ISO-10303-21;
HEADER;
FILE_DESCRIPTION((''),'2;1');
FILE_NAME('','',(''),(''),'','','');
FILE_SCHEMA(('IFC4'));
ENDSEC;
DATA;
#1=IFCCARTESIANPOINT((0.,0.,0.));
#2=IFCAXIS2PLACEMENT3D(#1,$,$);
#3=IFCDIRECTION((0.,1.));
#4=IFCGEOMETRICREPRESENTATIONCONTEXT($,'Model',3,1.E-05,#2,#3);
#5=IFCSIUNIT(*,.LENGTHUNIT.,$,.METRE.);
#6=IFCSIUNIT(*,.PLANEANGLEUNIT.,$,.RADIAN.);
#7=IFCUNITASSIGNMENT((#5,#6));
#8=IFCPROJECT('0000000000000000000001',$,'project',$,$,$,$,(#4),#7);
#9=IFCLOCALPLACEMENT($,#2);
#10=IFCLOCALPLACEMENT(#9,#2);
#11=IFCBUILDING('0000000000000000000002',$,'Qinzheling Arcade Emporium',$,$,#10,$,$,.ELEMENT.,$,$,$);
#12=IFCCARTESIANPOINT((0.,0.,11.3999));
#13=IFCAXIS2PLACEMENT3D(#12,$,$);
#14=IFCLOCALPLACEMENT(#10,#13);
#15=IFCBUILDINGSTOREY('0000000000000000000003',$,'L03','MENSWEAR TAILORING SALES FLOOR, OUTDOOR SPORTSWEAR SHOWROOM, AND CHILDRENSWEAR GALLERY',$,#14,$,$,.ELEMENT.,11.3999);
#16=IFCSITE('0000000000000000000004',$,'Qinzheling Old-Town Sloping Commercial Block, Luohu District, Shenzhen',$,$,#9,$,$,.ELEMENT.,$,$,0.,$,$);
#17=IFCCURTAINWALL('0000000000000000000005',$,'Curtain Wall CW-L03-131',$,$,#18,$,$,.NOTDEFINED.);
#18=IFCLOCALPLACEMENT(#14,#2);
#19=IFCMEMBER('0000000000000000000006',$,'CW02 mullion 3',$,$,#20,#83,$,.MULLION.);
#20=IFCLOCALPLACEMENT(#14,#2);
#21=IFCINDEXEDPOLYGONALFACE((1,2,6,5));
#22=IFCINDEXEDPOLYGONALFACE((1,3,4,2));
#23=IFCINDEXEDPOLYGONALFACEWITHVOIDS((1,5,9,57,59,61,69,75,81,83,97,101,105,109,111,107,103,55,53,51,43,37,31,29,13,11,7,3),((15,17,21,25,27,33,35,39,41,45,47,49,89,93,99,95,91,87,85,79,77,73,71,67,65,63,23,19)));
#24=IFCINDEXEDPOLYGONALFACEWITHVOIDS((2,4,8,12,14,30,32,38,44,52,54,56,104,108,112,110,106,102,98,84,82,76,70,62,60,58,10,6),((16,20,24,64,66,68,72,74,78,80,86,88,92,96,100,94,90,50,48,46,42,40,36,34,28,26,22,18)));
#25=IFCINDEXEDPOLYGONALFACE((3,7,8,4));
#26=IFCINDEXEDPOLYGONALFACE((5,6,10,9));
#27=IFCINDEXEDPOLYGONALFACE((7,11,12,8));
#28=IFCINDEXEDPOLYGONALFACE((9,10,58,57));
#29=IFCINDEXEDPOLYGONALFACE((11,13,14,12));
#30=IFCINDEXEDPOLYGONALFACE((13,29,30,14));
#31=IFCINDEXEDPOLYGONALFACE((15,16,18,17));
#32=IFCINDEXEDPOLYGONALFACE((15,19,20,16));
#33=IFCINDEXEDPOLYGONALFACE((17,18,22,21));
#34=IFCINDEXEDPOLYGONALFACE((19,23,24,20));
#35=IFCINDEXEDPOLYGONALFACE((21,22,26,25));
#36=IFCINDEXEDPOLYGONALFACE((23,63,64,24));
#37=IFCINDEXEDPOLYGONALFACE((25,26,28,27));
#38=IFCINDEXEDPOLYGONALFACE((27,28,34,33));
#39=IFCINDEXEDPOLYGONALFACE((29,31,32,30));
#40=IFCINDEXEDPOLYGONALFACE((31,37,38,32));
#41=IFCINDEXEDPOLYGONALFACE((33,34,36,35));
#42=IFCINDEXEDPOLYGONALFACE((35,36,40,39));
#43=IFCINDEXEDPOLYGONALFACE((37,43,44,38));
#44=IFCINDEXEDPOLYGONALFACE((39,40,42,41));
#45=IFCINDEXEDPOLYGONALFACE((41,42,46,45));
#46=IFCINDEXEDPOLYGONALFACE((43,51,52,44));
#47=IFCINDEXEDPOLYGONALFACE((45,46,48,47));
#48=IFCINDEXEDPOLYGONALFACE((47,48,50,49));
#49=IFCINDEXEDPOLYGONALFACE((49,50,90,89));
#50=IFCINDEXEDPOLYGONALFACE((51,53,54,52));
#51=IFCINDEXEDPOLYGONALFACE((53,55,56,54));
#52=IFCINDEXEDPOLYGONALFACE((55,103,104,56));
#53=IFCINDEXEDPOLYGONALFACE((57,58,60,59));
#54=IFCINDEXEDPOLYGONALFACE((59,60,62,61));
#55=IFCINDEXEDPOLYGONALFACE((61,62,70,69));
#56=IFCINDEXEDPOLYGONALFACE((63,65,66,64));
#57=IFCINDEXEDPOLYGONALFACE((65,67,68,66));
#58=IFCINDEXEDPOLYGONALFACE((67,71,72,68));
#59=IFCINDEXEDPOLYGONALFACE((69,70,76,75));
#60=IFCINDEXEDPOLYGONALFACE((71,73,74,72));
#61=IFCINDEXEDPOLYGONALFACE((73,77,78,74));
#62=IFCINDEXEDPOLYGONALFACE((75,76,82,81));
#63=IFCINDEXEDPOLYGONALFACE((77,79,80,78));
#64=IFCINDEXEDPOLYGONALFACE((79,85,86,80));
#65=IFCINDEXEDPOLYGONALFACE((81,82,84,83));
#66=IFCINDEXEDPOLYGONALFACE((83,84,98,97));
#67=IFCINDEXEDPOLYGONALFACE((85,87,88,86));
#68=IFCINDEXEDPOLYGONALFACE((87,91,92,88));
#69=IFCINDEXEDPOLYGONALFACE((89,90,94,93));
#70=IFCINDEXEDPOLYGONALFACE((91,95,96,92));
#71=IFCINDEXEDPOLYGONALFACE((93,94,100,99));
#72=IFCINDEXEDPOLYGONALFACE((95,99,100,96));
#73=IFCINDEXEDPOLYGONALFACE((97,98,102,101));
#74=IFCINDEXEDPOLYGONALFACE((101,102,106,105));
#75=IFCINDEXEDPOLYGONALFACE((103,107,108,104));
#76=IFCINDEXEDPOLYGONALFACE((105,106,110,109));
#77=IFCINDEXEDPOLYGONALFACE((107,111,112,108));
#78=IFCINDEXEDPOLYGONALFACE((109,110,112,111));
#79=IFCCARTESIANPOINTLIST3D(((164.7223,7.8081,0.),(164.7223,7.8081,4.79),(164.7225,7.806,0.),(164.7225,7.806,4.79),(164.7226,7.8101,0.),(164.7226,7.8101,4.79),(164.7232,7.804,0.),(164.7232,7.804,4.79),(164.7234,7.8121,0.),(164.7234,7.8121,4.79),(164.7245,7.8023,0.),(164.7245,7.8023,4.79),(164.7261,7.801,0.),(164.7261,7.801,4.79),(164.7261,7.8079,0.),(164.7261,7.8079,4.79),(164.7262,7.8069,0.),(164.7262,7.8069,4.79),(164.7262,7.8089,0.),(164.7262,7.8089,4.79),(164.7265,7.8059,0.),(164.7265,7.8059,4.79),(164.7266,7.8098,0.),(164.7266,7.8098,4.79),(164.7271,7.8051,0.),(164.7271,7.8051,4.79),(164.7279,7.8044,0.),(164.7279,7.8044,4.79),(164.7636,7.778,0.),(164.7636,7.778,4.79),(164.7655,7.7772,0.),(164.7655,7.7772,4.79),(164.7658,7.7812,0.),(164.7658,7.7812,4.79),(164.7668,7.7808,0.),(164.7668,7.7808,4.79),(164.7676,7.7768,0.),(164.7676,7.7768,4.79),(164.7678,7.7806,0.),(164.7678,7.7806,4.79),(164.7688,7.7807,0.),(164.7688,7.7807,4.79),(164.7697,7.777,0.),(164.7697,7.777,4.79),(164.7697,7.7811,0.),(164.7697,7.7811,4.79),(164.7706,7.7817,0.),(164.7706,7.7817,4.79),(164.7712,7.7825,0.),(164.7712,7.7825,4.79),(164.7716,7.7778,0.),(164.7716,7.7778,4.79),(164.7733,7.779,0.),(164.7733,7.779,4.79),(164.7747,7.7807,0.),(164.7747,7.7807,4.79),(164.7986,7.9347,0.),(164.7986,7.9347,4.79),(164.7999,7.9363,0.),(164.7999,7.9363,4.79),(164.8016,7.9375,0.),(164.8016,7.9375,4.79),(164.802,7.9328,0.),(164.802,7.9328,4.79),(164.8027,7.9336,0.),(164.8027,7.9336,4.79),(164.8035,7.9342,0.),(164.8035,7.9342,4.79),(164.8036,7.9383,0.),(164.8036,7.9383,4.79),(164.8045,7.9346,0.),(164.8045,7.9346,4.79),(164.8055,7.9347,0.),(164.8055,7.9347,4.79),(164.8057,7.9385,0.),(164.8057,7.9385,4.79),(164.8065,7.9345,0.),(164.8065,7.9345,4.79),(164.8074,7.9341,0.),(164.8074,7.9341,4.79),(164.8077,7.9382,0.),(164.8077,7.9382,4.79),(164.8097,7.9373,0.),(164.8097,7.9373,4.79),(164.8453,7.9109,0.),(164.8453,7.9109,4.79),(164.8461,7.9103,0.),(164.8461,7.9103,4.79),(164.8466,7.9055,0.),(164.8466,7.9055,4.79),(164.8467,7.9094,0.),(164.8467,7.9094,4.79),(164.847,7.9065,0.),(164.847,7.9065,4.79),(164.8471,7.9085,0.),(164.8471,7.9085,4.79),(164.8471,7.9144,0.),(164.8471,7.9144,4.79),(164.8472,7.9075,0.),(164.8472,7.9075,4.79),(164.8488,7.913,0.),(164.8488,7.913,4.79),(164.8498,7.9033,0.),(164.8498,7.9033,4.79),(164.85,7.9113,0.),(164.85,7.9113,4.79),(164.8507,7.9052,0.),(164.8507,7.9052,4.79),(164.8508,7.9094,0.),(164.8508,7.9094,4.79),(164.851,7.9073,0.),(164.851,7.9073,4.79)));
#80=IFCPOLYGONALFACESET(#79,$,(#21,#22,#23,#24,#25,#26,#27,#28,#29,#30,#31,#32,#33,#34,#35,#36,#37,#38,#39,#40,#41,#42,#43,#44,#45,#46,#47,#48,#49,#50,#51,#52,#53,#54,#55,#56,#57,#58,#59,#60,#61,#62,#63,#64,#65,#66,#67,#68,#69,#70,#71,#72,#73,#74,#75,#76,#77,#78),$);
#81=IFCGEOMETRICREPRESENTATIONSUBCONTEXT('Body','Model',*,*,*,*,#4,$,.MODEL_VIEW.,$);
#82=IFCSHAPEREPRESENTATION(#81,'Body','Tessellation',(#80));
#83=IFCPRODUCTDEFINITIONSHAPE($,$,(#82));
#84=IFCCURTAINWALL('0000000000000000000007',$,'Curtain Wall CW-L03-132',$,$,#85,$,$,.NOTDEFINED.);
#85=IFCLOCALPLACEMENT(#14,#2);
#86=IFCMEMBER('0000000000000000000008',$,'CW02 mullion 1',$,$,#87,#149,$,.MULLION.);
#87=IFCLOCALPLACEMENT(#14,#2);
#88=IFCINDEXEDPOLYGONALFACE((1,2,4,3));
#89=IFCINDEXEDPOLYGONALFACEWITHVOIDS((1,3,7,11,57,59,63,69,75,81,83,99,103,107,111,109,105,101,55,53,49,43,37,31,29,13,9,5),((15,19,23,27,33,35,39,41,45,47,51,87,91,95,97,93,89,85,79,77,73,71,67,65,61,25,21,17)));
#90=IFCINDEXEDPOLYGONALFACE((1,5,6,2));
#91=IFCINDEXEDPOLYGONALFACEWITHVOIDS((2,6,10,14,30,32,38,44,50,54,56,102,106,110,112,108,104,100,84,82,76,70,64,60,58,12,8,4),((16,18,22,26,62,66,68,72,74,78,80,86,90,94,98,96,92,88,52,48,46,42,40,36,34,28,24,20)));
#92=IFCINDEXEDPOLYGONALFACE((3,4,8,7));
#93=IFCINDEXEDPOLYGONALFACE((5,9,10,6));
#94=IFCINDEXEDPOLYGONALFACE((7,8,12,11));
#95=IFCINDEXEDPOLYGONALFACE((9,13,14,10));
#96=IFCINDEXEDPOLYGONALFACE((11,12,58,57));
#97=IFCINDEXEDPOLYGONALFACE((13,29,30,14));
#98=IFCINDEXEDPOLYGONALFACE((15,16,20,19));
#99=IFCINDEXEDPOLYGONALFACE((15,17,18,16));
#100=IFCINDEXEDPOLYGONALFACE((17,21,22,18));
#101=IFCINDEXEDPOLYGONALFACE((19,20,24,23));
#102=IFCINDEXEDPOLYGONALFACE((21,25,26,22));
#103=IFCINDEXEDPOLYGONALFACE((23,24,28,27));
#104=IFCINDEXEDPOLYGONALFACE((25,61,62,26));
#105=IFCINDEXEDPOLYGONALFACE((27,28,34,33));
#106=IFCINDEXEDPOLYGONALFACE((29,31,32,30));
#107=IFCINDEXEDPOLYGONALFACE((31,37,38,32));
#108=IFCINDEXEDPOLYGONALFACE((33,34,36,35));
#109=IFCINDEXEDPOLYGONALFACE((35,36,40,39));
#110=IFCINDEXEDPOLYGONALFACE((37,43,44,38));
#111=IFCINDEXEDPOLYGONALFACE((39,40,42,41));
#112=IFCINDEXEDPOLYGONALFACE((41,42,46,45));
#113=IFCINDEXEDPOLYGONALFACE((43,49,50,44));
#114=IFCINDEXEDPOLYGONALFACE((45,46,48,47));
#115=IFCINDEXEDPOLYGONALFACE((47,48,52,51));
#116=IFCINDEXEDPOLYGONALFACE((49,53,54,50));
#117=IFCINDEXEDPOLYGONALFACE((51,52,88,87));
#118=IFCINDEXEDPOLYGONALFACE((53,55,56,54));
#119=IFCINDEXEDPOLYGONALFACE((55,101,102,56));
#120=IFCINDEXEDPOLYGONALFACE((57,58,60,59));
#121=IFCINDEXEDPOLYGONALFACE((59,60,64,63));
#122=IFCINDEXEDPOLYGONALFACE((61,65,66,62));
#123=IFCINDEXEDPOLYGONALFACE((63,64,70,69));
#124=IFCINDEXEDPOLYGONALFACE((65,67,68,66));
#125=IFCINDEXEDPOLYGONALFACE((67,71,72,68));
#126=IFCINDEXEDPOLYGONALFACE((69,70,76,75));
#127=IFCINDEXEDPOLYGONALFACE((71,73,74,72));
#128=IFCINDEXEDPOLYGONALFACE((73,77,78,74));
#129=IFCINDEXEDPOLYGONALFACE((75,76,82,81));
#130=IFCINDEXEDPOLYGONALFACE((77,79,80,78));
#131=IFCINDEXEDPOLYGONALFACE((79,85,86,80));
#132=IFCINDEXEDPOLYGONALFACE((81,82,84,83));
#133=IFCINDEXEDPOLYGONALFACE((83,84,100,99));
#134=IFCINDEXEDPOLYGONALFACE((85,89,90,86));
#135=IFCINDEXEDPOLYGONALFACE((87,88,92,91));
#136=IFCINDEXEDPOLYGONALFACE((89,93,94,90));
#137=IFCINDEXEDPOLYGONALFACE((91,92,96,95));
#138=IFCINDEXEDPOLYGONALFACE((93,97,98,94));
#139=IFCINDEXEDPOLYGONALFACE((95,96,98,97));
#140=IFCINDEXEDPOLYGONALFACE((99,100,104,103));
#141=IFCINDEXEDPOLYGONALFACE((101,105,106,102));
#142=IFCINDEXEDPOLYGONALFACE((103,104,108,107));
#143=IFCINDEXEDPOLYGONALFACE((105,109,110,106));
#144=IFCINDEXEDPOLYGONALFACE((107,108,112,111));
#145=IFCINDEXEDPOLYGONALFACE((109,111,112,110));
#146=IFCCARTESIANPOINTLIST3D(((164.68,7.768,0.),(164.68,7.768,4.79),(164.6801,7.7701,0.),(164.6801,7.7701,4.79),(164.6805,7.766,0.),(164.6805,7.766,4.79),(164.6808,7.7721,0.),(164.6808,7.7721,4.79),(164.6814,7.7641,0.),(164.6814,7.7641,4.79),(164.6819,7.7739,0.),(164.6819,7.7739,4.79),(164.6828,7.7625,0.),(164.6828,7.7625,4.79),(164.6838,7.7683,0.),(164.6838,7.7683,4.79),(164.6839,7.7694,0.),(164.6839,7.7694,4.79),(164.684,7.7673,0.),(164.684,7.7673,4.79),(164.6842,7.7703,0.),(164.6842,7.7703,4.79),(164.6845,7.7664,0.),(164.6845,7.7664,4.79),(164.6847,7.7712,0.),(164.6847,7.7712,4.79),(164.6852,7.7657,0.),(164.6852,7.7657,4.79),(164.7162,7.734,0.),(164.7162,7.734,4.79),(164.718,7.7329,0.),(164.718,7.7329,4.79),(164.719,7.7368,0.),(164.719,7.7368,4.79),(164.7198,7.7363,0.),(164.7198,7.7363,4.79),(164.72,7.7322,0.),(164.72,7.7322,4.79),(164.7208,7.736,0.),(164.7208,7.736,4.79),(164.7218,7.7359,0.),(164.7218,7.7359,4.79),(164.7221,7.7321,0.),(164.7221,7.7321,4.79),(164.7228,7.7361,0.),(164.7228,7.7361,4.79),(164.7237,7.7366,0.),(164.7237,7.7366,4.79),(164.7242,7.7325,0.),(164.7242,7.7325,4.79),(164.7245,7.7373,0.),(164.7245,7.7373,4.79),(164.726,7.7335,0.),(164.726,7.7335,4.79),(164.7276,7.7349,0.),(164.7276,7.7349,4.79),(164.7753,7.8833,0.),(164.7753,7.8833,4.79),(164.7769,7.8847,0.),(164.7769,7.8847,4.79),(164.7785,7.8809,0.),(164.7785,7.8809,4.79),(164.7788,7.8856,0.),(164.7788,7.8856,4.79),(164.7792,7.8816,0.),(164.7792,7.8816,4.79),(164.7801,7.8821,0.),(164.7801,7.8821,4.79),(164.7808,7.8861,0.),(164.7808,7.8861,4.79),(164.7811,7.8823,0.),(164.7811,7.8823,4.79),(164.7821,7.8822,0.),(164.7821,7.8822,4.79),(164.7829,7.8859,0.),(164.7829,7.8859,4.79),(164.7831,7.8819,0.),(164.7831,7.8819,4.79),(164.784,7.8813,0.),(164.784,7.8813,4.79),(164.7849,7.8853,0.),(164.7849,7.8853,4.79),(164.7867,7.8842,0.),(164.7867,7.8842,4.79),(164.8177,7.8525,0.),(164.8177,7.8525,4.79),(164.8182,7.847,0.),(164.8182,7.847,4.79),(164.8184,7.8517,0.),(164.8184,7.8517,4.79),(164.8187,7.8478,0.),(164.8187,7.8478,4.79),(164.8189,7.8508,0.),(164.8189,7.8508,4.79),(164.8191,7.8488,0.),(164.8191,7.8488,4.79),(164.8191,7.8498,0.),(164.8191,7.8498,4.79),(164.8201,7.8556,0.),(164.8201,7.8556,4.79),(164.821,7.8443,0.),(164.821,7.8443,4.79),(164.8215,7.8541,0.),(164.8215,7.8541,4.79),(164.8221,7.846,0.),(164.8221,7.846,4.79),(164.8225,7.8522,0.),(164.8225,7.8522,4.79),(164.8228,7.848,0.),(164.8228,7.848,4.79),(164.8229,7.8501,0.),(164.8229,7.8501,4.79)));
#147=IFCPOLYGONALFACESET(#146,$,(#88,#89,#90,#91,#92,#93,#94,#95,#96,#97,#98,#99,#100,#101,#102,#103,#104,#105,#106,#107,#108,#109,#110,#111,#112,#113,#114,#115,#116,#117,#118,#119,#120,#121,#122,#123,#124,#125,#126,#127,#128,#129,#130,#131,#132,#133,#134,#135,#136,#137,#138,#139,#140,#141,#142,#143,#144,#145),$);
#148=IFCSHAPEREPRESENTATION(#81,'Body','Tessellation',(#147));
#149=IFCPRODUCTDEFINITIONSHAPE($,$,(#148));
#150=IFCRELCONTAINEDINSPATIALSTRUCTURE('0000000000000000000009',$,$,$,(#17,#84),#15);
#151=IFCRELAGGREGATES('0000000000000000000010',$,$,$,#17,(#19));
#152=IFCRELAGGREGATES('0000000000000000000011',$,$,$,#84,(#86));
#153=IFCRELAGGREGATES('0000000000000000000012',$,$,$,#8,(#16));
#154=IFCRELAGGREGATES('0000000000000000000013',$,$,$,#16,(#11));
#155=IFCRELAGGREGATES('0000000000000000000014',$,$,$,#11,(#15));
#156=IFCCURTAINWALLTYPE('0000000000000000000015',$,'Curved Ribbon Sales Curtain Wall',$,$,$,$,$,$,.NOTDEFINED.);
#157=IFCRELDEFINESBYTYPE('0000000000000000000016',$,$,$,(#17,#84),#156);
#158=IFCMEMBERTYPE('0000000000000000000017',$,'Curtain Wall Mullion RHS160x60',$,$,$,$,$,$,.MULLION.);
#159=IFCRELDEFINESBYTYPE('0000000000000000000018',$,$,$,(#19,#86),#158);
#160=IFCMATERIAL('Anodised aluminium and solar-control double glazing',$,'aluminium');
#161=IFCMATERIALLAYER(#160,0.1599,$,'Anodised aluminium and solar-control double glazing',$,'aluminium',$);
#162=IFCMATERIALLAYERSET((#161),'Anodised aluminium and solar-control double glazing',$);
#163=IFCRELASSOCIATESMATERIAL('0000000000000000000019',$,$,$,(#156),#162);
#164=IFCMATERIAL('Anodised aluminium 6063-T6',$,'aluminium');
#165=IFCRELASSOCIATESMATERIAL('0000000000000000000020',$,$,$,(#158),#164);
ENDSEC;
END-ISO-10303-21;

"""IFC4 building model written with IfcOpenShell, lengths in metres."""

from ifc_helpers import new_model, si_unit, direction, frame, origin, origin_2d, place, context, subcontext, project, spatial, hollow_rectangle, extrude, material, layer, layer_set, material_profile, profile_set, type_object, element, aggregate, save


model = new_model("IFC4")

# Units and contexts
model_context = context("Model", 3, precision=1e-05, world=origin(), true_north=direction((0.0, 1.0)))
body_context = subcontext(model_context, "Body", "Model", "MODEL_VIEW")
ifc_project = project(units=[si_unit("LENGTHUNIT", "METRE"), si_unit("PLANEANGLEUNIT", "RADIAN")], contexts=[model_context])

# Site, building, storey
site_placement = place(None, origin())
site = spatial("IfcSite", under=ifc_project, at=site_placement, Name="Qinzheling Old-Town Sloping Commercial Block, Luohu District, Shenzhen", CompositionType="ELEMENT", RefElevation=0.0)
building_placement = place(site_placement, origin())
building = spatial("IfcBuilding", under=site, at=building_placement, Name="Qinzheling Arcade Emporium", CompositionType="ELEMENT")
storey_placement = place(building_placement, frame((0.0, 0.0, 11.3999)))
storey = spatial("IfcBuildingStorey", under=building, at=storey_placement, Name="L03", Description="MENSWEAR TAILORING SALES FLOOR, OUTDOOR SPORTSWEAR SHOWROOM, AND CHILDRENSWEAR GALLERY", CompositionType="ELEMENT", Elevation=11.3999)

# Curtain walls, members
ifc_material_1 = material(Name="Anodised aluminium and solar-control double glazing", Category="aluminium")
ifc_layer_1 = layer(ifc_material_1, 0.1599, Name="Anodised aluminium and solar-control double glazing", Category="aluminium")
ifc_layer_set_1 = layer_set([ifc_layer_1], Name="Anodised aluminium and solar-control double glazing")
curtain_wall_type = type_object("IfcCurtainWallType", Name="Curved Ribbon Sales Curtain Wall", PredefinedType="NOTDEFINED", material=ifc_layer_set_1)
curtain_wall_1_placement = place(storey_placement, origin())
curtain_wall_1 = element("IfcCurtainWall", 1, at=curtain_wall_1_placement, inside=storey, type_object=curtain_wall_type, Name="Curtain Wall CW-L03-131", PredefinedType="NOTDEFINED")
ifc_material_2 = material(Name="Anodised aluminium 6063-T6", Category="aluminium")
ifc_material_profile_1 = material_profile(ifc_material_2, hollow_rectangle(XDim=0.0601, YDim=0.1599, WallThickness=0.0039, InnerFilletRadius=0.0039, OuterFilletRadius=0.0081, at=origin_2d()), Name="RHS 160x60x4", Category="aluminium")
ifc_profile_set_1 = profile_set([ifc_material_profile_1], Name="Anodised aluminium 6063-T6")
member_type_1 = type_object("IfcMemberType", Name="Curtain Wall Mullion RHS160x60", PredefinedType="MULLION", material=ifc_profile_set_1)
member_1_placement = place(storey_placement, frame((164.7866, 7.8577, 0.0), z_axis=(0.0, 0.0, 1.0), x_axis=(0.852601, -0.522562, 0.0)))
member_1 = element("IfcMember", 2, at=member_1_placement, type_object=member_type_1, Name="CW02 mullion 3", PredefinedType="MULLION", context=body_context, shape_type="SweptSolid", body=[
    extrude(hollow_rectangle(XDim=0.0601, YDim=0.1599, WallThickness=0.0039, InnerFilletRadius=0.0039, OuterFilletRadius=0.0081, at=origin_2d()), origin(), (0.0, 0.0, 1.0), 4.79),
])
curtain_wall_2_placement = place(storey_placement, origin())
curtain_wall_2 = element("IfcCurtainWall", 3, at=curtain_wall_2_placement, inside=storey, type_object=curtain_wall_type, Name="Curtain Wall CW-L03-132", PredefinedType="NOTDEFINED")
member_2_placement = place(storey_placement, frame((164.7515, 7.8091, 0.0), z_axis=(0.0, 0.0, 1.0), x_axis=(0.760439, -0.649409, 0.0)))
member_2 = element("IfcMember", 4, at=member_2_placement, type_object=member_type_1, Name="CW02 mullion 1", PredefinedType="MULLION", context=body_context, shape_type="SweptSolid", body=[
    extrude(hollow_rectangle(XDim=0.0601, YDim=0.1599, WallThickness=0.0039, InnerFilletRadius=0.0039, OuterFilletRadius=0.0081, at=origin_2d()), origin(), (0.0, 0.0, 1.0), 4.79),
])

aggregate(curtain_wall_1, [member_1])
aggregate(curtain_wall_2, [member_2])

save(model, "model.ifc")
